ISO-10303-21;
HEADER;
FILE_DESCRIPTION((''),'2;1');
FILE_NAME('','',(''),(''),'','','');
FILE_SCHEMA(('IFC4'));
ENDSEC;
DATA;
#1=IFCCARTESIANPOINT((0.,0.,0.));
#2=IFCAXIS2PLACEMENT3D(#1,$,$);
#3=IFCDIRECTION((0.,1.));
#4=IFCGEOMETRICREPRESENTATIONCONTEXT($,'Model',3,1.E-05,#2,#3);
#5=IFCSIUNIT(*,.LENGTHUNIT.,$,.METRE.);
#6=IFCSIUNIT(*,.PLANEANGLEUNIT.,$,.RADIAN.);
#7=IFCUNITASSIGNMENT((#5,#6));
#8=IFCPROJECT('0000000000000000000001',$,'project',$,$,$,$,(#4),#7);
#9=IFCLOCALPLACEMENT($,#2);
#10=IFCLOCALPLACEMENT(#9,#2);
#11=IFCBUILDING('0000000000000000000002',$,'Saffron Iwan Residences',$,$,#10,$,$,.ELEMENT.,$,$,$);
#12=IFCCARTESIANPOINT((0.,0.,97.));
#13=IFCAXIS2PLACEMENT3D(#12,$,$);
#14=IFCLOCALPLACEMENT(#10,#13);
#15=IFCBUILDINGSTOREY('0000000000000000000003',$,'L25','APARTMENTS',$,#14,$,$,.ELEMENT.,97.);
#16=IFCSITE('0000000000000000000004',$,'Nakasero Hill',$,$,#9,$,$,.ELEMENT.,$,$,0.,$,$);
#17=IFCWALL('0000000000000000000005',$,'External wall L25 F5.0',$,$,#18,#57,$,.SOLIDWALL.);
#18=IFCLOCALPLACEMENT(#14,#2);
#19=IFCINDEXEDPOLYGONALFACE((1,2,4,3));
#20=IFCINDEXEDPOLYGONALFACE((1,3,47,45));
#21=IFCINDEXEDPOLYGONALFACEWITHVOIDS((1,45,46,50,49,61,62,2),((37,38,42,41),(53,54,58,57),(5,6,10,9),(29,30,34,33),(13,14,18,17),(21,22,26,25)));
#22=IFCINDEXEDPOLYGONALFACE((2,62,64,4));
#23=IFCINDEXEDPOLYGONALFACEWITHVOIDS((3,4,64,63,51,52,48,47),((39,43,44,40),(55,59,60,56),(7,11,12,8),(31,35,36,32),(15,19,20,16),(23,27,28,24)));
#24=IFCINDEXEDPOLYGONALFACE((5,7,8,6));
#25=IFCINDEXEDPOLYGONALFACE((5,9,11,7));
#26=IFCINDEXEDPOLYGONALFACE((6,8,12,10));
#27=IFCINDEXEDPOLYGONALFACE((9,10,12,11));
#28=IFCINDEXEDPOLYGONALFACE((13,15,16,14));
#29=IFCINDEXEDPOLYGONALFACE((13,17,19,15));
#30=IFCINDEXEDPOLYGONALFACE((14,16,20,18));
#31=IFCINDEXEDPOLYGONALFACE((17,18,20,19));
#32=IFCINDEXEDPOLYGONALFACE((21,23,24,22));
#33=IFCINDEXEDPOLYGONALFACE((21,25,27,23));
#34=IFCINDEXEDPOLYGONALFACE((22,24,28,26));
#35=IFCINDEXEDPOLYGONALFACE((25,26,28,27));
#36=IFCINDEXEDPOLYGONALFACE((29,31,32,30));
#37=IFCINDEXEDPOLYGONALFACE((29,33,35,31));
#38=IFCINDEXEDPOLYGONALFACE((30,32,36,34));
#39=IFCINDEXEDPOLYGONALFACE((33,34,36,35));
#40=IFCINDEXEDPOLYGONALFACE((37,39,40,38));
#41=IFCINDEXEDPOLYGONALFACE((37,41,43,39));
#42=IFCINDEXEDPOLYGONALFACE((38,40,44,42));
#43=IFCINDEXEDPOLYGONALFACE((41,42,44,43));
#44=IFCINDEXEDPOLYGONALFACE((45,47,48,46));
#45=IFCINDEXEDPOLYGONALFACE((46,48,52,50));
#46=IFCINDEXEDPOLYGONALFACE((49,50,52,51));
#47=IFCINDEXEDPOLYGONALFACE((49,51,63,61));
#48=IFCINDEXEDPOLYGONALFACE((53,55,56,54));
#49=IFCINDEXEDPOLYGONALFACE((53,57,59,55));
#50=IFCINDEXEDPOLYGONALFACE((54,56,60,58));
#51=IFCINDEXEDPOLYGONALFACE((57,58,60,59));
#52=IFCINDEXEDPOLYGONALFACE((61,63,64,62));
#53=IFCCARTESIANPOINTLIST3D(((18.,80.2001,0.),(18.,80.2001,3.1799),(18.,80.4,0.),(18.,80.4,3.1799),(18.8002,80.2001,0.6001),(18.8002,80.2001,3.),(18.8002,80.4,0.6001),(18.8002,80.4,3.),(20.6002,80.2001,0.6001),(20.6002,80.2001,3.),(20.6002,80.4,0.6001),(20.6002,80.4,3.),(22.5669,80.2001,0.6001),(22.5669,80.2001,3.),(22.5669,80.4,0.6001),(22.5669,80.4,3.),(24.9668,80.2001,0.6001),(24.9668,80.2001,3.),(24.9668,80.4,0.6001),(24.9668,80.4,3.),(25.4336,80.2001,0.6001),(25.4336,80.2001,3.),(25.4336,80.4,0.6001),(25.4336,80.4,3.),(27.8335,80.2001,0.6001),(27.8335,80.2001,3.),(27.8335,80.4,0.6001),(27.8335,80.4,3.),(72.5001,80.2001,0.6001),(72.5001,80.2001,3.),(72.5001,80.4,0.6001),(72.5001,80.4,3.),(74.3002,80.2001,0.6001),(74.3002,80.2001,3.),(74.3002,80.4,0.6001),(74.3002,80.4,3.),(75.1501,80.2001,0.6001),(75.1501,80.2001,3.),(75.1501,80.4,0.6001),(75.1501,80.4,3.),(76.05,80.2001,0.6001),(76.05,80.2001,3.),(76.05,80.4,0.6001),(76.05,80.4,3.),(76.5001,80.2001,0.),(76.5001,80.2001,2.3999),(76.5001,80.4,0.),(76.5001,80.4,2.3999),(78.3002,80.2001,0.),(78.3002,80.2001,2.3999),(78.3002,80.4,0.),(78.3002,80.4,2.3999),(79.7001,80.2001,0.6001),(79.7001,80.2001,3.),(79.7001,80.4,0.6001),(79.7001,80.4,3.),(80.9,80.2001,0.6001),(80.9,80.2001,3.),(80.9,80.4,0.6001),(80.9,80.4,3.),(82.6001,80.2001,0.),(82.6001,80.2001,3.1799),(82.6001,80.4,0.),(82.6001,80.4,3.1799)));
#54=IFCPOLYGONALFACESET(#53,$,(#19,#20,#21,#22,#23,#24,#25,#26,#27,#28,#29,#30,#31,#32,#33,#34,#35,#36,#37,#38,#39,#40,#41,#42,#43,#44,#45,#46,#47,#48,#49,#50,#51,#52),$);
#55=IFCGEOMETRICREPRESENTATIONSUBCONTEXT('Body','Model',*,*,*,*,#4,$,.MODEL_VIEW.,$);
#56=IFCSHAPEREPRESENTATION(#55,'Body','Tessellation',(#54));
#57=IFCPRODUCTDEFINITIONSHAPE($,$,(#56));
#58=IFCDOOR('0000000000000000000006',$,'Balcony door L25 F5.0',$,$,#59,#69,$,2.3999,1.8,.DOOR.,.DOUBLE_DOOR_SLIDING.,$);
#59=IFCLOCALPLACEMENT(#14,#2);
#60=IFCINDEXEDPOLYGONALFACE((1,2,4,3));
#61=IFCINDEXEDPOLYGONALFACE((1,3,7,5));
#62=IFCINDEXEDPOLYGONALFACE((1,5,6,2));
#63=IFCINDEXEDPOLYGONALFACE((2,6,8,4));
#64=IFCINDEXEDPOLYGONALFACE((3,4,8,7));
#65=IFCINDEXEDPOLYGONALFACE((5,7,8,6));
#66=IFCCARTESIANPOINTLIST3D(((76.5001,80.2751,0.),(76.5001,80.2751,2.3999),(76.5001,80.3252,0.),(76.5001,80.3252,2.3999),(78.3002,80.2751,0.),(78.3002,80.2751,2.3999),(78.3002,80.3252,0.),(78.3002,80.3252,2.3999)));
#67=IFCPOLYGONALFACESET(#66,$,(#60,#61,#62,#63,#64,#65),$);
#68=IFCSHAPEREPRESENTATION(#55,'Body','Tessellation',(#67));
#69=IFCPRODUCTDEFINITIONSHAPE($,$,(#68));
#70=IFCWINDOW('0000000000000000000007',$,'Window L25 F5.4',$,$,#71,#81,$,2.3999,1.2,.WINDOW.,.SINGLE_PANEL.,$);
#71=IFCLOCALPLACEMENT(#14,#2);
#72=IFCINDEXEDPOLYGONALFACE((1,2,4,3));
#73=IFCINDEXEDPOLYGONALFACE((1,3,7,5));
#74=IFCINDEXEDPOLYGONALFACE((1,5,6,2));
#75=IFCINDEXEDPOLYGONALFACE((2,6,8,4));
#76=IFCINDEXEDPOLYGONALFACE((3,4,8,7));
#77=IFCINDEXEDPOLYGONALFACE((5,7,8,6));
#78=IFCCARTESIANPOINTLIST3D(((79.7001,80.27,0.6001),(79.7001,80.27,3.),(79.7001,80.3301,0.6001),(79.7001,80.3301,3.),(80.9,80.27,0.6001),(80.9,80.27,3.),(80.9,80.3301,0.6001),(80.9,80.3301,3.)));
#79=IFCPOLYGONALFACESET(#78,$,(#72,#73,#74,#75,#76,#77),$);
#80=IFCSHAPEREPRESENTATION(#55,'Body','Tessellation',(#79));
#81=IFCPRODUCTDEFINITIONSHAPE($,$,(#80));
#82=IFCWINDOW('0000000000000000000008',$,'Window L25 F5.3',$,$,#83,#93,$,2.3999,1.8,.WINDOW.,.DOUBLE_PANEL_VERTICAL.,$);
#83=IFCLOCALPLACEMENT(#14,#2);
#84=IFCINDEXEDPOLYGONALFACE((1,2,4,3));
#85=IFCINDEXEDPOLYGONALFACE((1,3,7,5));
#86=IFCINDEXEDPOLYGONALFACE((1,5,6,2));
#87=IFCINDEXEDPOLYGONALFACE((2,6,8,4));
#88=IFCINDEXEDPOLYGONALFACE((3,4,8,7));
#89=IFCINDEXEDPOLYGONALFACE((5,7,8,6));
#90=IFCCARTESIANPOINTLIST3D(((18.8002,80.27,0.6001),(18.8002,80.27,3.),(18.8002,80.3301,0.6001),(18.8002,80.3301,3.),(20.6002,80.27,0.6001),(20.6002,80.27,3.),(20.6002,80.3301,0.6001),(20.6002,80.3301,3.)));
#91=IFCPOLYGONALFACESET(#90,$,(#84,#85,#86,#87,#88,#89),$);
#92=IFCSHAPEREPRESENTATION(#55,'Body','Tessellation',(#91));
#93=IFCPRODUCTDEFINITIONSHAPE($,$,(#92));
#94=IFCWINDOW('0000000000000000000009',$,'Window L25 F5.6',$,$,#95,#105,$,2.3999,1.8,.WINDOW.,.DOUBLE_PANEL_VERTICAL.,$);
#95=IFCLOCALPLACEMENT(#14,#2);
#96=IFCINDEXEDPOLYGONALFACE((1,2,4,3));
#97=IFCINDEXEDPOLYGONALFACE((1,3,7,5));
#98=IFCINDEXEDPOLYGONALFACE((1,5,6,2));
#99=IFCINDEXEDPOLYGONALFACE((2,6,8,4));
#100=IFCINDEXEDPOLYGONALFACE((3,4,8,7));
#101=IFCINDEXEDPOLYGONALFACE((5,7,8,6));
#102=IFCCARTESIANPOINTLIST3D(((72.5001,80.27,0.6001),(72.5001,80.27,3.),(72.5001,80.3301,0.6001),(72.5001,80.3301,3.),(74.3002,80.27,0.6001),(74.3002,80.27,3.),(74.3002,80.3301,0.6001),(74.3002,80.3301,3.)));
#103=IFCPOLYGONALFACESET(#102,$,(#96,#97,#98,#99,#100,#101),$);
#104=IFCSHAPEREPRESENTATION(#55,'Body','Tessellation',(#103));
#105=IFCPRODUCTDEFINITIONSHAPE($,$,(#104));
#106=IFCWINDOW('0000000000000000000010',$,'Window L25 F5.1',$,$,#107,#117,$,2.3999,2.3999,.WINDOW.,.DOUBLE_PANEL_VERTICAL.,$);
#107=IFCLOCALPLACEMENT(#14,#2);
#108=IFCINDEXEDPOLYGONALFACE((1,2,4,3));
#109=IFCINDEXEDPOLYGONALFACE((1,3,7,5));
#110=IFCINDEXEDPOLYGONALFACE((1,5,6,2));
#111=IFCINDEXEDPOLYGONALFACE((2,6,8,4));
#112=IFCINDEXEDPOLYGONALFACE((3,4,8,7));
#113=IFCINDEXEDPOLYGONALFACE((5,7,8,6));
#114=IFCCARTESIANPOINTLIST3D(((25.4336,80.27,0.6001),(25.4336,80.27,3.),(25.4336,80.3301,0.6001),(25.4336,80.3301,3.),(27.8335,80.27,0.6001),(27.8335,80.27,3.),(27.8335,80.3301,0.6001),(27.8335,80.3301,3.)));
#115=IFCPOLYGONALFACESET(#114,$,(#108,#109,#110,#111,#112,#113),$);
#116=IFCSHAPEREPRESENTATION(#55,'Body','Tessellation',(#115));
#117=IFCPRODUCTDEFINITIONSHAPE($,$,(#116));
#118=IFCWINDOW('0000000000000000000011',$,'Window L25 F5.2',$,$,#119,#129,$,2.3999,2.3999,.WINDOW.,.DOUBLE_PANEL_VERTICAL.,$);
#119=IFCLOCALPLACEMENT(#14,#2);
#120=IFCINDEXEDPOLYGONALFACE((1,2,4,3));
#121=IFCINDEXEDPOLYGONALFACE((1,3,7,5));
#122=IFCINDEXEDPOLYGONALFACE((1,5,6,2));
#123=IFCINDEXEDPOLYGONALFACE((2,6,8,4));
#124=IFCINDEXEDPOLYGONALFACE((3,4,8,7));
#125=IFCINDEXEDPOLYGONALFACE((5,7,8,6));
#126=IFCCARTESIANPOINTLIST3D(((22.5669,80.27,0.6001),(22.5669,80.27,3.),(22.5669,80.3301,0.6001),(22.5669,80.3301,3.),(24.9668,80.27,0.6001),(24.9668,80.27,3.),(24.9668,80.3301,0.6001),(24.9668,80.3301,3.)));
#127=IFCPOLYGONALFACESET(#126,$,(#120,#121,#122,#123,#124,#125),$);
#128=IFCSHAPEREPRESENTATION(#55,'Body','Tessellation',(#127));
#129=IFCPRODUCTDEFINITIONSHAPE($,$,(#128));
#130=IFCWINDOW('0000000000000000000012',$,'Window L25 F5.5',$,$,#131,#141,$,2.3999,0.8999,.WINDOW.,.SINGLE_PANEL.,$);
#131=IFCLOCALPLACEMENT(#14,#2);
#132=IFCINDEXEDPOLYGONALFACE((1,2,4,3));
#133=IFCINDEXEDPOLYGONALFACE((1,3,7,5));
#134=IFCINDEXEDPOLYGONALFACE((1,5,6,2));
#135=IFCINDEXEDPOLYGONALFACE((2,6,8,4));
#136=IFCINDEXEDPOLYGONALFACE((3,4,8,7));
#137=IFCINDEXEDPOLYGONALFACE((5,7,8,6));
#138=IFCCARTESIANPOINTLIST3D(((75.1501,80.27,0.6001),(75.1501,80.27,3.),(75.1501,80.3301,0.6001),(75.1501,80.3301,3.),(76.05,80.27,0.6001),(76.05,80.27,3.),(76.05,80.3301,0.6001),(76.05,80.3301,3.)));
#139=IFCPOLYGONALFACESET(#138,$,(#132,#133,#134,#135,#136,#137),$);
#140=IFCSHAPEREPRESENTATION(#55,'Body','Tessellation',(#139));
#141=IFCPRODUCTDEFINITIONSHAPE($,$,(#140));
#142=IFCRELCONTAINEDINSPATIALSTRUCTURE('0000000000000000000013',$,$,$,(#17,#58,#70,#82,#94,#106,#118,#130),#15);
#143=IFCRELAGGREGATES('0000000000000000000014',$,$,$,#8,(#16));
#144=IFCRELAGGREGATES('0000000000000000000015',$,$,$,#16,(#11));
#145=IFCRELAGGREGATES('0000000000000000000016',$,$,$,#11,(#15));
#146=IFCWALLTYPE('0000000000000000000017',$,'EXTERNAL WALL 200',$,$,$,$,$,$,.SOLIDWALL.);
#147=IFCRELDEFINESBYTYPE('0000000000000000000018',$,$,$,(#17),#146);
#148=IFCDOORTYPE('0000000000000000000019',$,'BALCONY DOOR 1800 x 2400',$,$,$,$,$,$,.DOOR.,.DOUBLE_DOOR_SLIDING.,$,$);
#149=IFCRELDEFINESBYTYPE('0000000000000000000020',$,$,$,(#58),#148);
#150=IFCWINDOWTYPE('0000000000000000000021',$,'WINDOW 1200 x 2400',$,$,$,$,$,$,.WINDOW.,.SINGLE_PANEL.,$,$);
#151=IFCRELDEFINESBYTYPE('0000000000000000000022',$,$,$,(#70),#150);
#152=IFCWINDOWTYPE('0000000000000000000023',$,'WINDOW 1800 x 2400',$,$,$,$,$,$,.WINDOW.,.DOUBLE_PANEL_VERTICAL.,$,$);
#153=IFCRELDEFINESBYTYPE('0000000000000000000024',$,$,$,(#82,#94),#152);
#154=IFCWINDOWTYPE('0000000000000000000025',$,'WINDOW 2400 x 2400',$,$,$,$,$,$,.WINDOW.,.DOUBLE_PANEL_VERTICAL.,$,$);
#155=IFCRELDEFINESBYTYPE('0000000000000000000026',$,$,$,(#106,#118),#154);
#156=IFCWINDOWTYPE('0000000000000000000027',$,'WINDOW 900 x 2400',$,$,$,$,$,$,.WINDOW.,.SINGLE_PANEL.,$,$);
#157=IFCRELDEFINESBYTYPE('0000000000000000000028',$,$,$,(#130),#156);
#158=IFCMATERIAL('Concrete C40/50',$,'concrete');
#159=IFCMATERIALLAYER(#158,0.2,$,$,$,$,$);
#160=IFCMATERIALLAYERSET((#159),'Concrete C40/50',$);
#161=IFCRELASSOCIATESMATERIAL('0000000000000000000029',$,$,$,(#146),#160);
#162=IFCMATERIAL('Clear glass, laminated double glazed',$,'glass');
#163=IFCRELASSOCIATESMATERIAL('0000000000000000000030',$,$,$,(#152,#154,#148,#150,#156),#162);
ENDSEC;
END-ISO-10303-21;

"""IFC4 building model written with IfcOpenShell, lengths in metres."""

from ifc_helpers import new_model, si_unit, direction, frame, frame_2d, origin, place, context, subcontext, project, spatial, rectangle, extrude, material, layer, layer_set, type_object, element, fill, save


model = new_model("IFC4")

# Units and contexts
model_context = context("Model", 3, precision=1e-05, world=origin(), true_north=direction((0.0, 1.0)))
body_context = subcontext(model_context, "Body", "Model", "MODEL_VIEW")
ifc_project = project(units=[si_unit("LENGTHUNIT", "METRE"), si_unit("PLANEANGLEUNIT", "RADIAN")], contexts=[model_context])

# Site, building, storey
site_placement = place(None, origin())
site = spatial("IfcSite", under=ifc_project, at=site_placement, Name="Nakasero Hill", CompositionType="ELEMENT", RefElevation=0.0)
building_placement = place(site_placement, origin())
building = spatial("IfcBuilding", under=site, at=building_placement, Name="Saffron Iwan Residences", CompositionType="ELEMENT")
storey_placement = place(building_placement, frame((0.0, 0.0, 97.0)))
storey = spatial("IfcBuildingStorey", under=building, at=storey_placement, Name="L25", Description="APARTMENTS", CompositionType="ELEMENT", Elevation=97.0)

# Shared definitions
ifc_material_1 = material(Name="Concrete C40/50", Category="concrete")
ifc_layer_1 = layer(ifc_material_1, 0.2)
ifc_layer_set_1 = layer_set([ifc_layer_1], Name="Concrete C40/50")
wall_type_1 = type_object("IfcWallType", Name="EXTERNAL WALL 200", PredefinedType="SOLIDWALL", material=ifc_layer_set_1)
ifc_material_2 = material(Name="Clear glass, laminated double glazed", Category="glass")
window_type_1 = type_object("IfcWindowType", Name="WINDOW 1800 x 2400", PartitioningType="DOUBLE_PANEL_VERTICAL", PredefinedType="WINDOW", material=ifc_material_2)
window_type_2 = type_object("IfcWindowType", Name="WINDOW 2400 x 2400", PartitioningType="DOUBLE_PANEL_VERTICAL", PredefinedType="WINDOW", material=ifc_material_2)

# Wall, openings, door, windows
wall_1_placement = place(storey_placement, frame((82.6001, 80.3, 0.0), z_axis=(0.0, 0.0, 1.0), x_axis=(-1.0, 0.0, 0.0)))
wall_1 = element("IfcWall", 1, at=wall_1_placement, inside=storey, type_object=wall_type_1, Name="External wall L25 F5.0", PredefinedType="SOLIDWALL", context=body_context, shape_type="SweptSolid", body=[
    extrude(rectangle(XDim=64.6001, YDim=0.2, at=frame_2d((32.3, 0.0))), origin(), (0.0, 0.0, 1.0), 3.1799),
])
opening_1_placement = place(wall_1_placement, frame((4.3, 0.0, 0.0)))
opening_1 = element("IfcOpeningElement", 2, at=opening_1_placement, cuts=wall_1, PredefinedType="OPENING", context=body_context, shape_type="SweptSolid", body=[
    extrude(rectangle(XDim=1.8, YDim=2.3999, at=frame_2d((0.8999, 1.2))), frame((0.0, 0.1099, 0.0), z_axis=(0.0, -1.0, 0.0), x_axis=(1.0, 0.0, 0.0)), (0.0, 0.0, 1.0), 0.22),
])
opening_2_placement = place(wall_1_placement, frame((54.7666, 0.0, 0.6001)))
opening_2 = element("IfcOpeningElement", 3, at=opening_2_placement, cuts=wall_1, PredefinedType="OPENING", context=body_context, shape_type="SweptSolid", body=[
    extrude(rectangle(XDim=2.3999, YDim=2.3999, at=frame_2d((1.2, 1.2))), frame((0.0, 0.1099, 0.0), z_axis=(0.0, -1.0, 0.0), x_axis=(1.0, 0.0, 0.0)), (0.0, 0.0, 1.0), 0.22),
])
opening_3_placement = place(wall_1_placement, frame((57.6333, 0.0, 0.6001)))
opening_3 = element("IfcOpeningElement", 4, at=opening_3_placement, cuts=wall_1, PredefinedType="OPENING", context=body_context, shape_type="SweptSolid", body=[
    extrude(rectangle(XDim=2.3999, YDim=2.3999, at=frame_2d((1.2, 1.2))), frame((0.0, 0.1099, 0.0), z_axis=(0.0, -1.0, 0.0), x_axis=(1.0, 0.0, 0.0)), (0.0, 0.0, 1.0), 0.22),
])
opening_4_placement = place(wall_1_placement, frame((62.0, 0.0, 0.6001)))
opening_4 = element("IfcOpeningElement", 5, at=opening_4_placement, cuts=wall_1, PredefinedType="OPENING", context=body_context, shape_type="SweptSolid", body=[
    extrude(rectangle(XDim=1.8, YDim=2.3999, at=frame_2d((0.8999, 1.2))), frame((0.0, 0.1099, 0.0), z_axis=(0.0, -1.0, 0.0), x_axis=(1.0, 0.0, 0.0)), (0.0, 0.0, 1.0), 0.22),
])
opening_5_placement = place(wall_1_placement, frame((1.7, 0.0, 0.6001)))
opening_5 = element("IfcOpeningElement", 6, at=opening_5_placement, cuts=wall_1, PredefinedType="OPENING", context=body_context, shape_type="SweptSolid", body=[
    extrude(rectangle(XDim=1.2, YDim=2.3999, at=frame_2d((0.6001, 1.2))), frame((0.0, 0.1099, 0.0), z_axis=(0.0, -1.0, 0.0), x_axis=(1.0, 0.0, 0.0)), (0.0, 0.0, 1.0), 0.22),
])
opening_6_placement = place(wall_1_placement, frame((6.55, 0.0, 0.6001)))
opening_6 = element("IfcOpeningElement", 7, at=opening_6_placement, cuts=wall_1, PredefinedType="OPENING", context=body_context, shape_type="SweptSolid", body=[
    extrude(rectangle(XDim=0.8999, YDim=2.3999, at=frame_2d((0.45, 1.2))), frame((0.0, 0.1099, 0.0), z_axis=(0.0, -1.0, 0.0), x_axis=(1.0, 0.0, 0.0)), (0.0, 0.0, 1.0), 0.22),
])
opening_7_placement = place(wall_1_placement, frame((8.3, 0.0, 0.6001)))
opening_7 = element("IfcOpeningElement", 8, at=opening_7_placement, cuts=wall_1, PredefinedType="OPENING", context=body_context, shape_type="SweptSolid", body=[
    extrude(rectangle(XDim=1.8, YDim=2.3999, at=frame_2d((0.8999, 1.2))), frame((0.0, 0.1099, 0.0), z_axis=(0.0, -1.0, 0.0), x_axis=(1.0, 0.0, 0.0)), (0.0, 0.0, 1.0), 0.22),
])
door_type = type_object("IfcDoorType", Name="BALCONY DOOR 1800 x 2400", OperationType="DOUBLE_DOOR_SLIDING", PredefinedType="DOOR", material=ifc_material_2)
door_placement = place(opening_1_placement, origin())
door = element("IfcDoor", 9, at=door_placement, inside=storey, type_object=door_type, Name="Balcony door L25 F5.0", OperationType="DOUBLE_DOOR_SLIDING", OverallHeight=2.3999, OverallWidth=1.8, PredefinedType="DOOR", context=body_context, shape_type="SweptSolid", body=[
    extrude(rectangle(XDim=1.8, YDim=2.3999, at=frame_2d((0.8999, 1.2))), frame((0.0, 0.0249, 0.0), z_axis=(0.0, -1.0, 0.0), x_axis=(1.0, 0.0, 0.0)), (0.0, 0.0, 1.0), 0.05),
])
fill(opening_1, door)
window_type_3 = type_object("IfcWindowType", Name="WINDOW 1200 x 2400", PartitioningType="SINGLE_PANEL", PredefinedType="WINDOW", material=ifc_material_2)
window_1_placement = place(opening_5_placement, origin())
window_1 = element("IfcWindow", 10, at=window_1_placement, inside=storey, type_object=window_type_3, Name="Window L25 F5.4", OverallHeight=2.3999, OverallWidth=1.2, PartitioningType="SINGLE_PANEL", PredefinedType="WINDOW", context=body_context, shape_type="SweptSolid", body=[
    extrude(rectangle(XDim=1.2, YDim=2.3999, at=frame_2d((0.6001, 1.2))), frame((0.0, 0.03, 0.0), z_axis=(0.0, -1.0, 0.0), x_axis=(1.0, 0.0, 0.0)), (0.0, 0.0, 1.0), 0.0601),
])
fill(opening_5, window_1)
window_2_placement = place(opening_4_placement, origin())
window_2 = element("IfcWindow", 11, at=window_2_placement, inside=storey, type_object=window_type_1, Name="Window L25 F5.3", OverallHeight=2.3999, OverallWidth=1.8, PartitioningType="DOUBLE_PANEL_VERTICAL", PredefinedType="WINDOW", context=body_context, shape_type="SweptSolid", body=[
    extrude(rectangle(XDim=1.8, YDim=2.3999, at=frame_2d((0.8999, 1.2))), frame((0.0, 0.03, 0.0), z_axis=(0.0, -1.0, 0.0), x_axis=(1.0, 0.0, 0.0)), (0.0, 0.0, 1.0), 0.0601),
])
fill(opening_4, window_2)
window_3_placement = place(opening_7_placement, origin())
window_3 = element("IfcWindow", 12, at=window_3_placement, inside=storey, type_object=window_type_1, Name="Window L25 F5.6", OverallHeight=2.3999, OverallWidth=1.8, PartitioningType="DOUBLE_PANEL_VERTICAL", PredefinedType="WINDOW", context=body_context, shape_type="SweptSolid", body=[
    extrude(rectangle(XDim=1.8, YDim=2.3999, at=frame_2d((0.8999, 1.2))), frame((0.0, 0.03, 0.0), z_axis=(0.0, -1.0, 0.0), x_axis=(1.0, 0.0, 0.0)), (0.0, 0.0, 1.0), 0.0601),
])
fill(opening_7, window_3)
window_4_placement = place(opening_2_placement, origin())
window_4 = element("IfcWindow", 13, at=window_4_placement, inside=storey, type_object=window_type_2, Name="Window L25 F5.1", OverallHeight=2.3999, OverallWidth=2.3999, PartitioningType="DOUBLE_PANEL_VERTICAL", PredefinedType="WINDOW", context=body_context, shape_type="SweptSolid", body=[
    extrude(rectangle(XDim=2.3999, YDim=2.3999, at=frame_2d((1.2, 1.2))), frame((0.0, 0.03, 0.0), z_axis=(0.0, -1.0, 0.0), x_axis=(1.0, 0.0, 0.0)), (0.0, 0.0, 1.0), 0.0601),
])
fill(opening_2, window_4)
window_5_placement = place(opening_3_placement, origin())
window_5 = element("IfcWindow", 14, at=window_5_placement, inside=storey, type_object=window_type_2, Name="Window L25 F5.2", OverallHeight=2.3999, OverallWidth=2.3999, PartitioningType="DOUBLE_PANEL_VERTICAL", PredefinedType="WINDOW", context=body_context, shape_type="SweptSolid", body=[
    extrude(rectangle(XDim=2.3999, YDim=2.3999, at=frame_2d((1.2, 1.2))), frame((0.0, 0.03, 0.0), z_axis=(0.0, -1.0, 0.0), x_axis=(1.0, 0.0, 0.0)), (0.0, 0.0, 1.0), 0.0601),
])
fill(opening_3, window_5)
window_type_4 = type_object("IfcWindowType", Name="WINDOW 900 x 2400", PartitioningType="SINGLE_PANEL", PredefinedType="WINDOW", material=ifc_material_2)
window_6_placement = place(opening_6_placement, origin())
window_6 = element("IfcWindow", 15, at=window_6_placement, inside=storey, type_object=window_type_4, Name="Window L25 F5.5", OverallHeight=2.3999, OverallWidth=0.8999, PartitioningType="SINGLE_PANEL", PredefinedType="WINDOW", context=body_context, shape_type="SweptSolid", body=[
    extrude(rectangle(XDim=0.8999, YDim=2.3999, at=frame_2d((0.45, 1.2))), frame((0.0, 0.03, 0.0), z_axis=(0.0, -1.0, 0.0), x_axis=(1.0, 0.0, 0.0)), (0.0, 0.0, 1.0), 0.0601),
])
fill(opening_6, window_6)

save(model, "model.ifc")
